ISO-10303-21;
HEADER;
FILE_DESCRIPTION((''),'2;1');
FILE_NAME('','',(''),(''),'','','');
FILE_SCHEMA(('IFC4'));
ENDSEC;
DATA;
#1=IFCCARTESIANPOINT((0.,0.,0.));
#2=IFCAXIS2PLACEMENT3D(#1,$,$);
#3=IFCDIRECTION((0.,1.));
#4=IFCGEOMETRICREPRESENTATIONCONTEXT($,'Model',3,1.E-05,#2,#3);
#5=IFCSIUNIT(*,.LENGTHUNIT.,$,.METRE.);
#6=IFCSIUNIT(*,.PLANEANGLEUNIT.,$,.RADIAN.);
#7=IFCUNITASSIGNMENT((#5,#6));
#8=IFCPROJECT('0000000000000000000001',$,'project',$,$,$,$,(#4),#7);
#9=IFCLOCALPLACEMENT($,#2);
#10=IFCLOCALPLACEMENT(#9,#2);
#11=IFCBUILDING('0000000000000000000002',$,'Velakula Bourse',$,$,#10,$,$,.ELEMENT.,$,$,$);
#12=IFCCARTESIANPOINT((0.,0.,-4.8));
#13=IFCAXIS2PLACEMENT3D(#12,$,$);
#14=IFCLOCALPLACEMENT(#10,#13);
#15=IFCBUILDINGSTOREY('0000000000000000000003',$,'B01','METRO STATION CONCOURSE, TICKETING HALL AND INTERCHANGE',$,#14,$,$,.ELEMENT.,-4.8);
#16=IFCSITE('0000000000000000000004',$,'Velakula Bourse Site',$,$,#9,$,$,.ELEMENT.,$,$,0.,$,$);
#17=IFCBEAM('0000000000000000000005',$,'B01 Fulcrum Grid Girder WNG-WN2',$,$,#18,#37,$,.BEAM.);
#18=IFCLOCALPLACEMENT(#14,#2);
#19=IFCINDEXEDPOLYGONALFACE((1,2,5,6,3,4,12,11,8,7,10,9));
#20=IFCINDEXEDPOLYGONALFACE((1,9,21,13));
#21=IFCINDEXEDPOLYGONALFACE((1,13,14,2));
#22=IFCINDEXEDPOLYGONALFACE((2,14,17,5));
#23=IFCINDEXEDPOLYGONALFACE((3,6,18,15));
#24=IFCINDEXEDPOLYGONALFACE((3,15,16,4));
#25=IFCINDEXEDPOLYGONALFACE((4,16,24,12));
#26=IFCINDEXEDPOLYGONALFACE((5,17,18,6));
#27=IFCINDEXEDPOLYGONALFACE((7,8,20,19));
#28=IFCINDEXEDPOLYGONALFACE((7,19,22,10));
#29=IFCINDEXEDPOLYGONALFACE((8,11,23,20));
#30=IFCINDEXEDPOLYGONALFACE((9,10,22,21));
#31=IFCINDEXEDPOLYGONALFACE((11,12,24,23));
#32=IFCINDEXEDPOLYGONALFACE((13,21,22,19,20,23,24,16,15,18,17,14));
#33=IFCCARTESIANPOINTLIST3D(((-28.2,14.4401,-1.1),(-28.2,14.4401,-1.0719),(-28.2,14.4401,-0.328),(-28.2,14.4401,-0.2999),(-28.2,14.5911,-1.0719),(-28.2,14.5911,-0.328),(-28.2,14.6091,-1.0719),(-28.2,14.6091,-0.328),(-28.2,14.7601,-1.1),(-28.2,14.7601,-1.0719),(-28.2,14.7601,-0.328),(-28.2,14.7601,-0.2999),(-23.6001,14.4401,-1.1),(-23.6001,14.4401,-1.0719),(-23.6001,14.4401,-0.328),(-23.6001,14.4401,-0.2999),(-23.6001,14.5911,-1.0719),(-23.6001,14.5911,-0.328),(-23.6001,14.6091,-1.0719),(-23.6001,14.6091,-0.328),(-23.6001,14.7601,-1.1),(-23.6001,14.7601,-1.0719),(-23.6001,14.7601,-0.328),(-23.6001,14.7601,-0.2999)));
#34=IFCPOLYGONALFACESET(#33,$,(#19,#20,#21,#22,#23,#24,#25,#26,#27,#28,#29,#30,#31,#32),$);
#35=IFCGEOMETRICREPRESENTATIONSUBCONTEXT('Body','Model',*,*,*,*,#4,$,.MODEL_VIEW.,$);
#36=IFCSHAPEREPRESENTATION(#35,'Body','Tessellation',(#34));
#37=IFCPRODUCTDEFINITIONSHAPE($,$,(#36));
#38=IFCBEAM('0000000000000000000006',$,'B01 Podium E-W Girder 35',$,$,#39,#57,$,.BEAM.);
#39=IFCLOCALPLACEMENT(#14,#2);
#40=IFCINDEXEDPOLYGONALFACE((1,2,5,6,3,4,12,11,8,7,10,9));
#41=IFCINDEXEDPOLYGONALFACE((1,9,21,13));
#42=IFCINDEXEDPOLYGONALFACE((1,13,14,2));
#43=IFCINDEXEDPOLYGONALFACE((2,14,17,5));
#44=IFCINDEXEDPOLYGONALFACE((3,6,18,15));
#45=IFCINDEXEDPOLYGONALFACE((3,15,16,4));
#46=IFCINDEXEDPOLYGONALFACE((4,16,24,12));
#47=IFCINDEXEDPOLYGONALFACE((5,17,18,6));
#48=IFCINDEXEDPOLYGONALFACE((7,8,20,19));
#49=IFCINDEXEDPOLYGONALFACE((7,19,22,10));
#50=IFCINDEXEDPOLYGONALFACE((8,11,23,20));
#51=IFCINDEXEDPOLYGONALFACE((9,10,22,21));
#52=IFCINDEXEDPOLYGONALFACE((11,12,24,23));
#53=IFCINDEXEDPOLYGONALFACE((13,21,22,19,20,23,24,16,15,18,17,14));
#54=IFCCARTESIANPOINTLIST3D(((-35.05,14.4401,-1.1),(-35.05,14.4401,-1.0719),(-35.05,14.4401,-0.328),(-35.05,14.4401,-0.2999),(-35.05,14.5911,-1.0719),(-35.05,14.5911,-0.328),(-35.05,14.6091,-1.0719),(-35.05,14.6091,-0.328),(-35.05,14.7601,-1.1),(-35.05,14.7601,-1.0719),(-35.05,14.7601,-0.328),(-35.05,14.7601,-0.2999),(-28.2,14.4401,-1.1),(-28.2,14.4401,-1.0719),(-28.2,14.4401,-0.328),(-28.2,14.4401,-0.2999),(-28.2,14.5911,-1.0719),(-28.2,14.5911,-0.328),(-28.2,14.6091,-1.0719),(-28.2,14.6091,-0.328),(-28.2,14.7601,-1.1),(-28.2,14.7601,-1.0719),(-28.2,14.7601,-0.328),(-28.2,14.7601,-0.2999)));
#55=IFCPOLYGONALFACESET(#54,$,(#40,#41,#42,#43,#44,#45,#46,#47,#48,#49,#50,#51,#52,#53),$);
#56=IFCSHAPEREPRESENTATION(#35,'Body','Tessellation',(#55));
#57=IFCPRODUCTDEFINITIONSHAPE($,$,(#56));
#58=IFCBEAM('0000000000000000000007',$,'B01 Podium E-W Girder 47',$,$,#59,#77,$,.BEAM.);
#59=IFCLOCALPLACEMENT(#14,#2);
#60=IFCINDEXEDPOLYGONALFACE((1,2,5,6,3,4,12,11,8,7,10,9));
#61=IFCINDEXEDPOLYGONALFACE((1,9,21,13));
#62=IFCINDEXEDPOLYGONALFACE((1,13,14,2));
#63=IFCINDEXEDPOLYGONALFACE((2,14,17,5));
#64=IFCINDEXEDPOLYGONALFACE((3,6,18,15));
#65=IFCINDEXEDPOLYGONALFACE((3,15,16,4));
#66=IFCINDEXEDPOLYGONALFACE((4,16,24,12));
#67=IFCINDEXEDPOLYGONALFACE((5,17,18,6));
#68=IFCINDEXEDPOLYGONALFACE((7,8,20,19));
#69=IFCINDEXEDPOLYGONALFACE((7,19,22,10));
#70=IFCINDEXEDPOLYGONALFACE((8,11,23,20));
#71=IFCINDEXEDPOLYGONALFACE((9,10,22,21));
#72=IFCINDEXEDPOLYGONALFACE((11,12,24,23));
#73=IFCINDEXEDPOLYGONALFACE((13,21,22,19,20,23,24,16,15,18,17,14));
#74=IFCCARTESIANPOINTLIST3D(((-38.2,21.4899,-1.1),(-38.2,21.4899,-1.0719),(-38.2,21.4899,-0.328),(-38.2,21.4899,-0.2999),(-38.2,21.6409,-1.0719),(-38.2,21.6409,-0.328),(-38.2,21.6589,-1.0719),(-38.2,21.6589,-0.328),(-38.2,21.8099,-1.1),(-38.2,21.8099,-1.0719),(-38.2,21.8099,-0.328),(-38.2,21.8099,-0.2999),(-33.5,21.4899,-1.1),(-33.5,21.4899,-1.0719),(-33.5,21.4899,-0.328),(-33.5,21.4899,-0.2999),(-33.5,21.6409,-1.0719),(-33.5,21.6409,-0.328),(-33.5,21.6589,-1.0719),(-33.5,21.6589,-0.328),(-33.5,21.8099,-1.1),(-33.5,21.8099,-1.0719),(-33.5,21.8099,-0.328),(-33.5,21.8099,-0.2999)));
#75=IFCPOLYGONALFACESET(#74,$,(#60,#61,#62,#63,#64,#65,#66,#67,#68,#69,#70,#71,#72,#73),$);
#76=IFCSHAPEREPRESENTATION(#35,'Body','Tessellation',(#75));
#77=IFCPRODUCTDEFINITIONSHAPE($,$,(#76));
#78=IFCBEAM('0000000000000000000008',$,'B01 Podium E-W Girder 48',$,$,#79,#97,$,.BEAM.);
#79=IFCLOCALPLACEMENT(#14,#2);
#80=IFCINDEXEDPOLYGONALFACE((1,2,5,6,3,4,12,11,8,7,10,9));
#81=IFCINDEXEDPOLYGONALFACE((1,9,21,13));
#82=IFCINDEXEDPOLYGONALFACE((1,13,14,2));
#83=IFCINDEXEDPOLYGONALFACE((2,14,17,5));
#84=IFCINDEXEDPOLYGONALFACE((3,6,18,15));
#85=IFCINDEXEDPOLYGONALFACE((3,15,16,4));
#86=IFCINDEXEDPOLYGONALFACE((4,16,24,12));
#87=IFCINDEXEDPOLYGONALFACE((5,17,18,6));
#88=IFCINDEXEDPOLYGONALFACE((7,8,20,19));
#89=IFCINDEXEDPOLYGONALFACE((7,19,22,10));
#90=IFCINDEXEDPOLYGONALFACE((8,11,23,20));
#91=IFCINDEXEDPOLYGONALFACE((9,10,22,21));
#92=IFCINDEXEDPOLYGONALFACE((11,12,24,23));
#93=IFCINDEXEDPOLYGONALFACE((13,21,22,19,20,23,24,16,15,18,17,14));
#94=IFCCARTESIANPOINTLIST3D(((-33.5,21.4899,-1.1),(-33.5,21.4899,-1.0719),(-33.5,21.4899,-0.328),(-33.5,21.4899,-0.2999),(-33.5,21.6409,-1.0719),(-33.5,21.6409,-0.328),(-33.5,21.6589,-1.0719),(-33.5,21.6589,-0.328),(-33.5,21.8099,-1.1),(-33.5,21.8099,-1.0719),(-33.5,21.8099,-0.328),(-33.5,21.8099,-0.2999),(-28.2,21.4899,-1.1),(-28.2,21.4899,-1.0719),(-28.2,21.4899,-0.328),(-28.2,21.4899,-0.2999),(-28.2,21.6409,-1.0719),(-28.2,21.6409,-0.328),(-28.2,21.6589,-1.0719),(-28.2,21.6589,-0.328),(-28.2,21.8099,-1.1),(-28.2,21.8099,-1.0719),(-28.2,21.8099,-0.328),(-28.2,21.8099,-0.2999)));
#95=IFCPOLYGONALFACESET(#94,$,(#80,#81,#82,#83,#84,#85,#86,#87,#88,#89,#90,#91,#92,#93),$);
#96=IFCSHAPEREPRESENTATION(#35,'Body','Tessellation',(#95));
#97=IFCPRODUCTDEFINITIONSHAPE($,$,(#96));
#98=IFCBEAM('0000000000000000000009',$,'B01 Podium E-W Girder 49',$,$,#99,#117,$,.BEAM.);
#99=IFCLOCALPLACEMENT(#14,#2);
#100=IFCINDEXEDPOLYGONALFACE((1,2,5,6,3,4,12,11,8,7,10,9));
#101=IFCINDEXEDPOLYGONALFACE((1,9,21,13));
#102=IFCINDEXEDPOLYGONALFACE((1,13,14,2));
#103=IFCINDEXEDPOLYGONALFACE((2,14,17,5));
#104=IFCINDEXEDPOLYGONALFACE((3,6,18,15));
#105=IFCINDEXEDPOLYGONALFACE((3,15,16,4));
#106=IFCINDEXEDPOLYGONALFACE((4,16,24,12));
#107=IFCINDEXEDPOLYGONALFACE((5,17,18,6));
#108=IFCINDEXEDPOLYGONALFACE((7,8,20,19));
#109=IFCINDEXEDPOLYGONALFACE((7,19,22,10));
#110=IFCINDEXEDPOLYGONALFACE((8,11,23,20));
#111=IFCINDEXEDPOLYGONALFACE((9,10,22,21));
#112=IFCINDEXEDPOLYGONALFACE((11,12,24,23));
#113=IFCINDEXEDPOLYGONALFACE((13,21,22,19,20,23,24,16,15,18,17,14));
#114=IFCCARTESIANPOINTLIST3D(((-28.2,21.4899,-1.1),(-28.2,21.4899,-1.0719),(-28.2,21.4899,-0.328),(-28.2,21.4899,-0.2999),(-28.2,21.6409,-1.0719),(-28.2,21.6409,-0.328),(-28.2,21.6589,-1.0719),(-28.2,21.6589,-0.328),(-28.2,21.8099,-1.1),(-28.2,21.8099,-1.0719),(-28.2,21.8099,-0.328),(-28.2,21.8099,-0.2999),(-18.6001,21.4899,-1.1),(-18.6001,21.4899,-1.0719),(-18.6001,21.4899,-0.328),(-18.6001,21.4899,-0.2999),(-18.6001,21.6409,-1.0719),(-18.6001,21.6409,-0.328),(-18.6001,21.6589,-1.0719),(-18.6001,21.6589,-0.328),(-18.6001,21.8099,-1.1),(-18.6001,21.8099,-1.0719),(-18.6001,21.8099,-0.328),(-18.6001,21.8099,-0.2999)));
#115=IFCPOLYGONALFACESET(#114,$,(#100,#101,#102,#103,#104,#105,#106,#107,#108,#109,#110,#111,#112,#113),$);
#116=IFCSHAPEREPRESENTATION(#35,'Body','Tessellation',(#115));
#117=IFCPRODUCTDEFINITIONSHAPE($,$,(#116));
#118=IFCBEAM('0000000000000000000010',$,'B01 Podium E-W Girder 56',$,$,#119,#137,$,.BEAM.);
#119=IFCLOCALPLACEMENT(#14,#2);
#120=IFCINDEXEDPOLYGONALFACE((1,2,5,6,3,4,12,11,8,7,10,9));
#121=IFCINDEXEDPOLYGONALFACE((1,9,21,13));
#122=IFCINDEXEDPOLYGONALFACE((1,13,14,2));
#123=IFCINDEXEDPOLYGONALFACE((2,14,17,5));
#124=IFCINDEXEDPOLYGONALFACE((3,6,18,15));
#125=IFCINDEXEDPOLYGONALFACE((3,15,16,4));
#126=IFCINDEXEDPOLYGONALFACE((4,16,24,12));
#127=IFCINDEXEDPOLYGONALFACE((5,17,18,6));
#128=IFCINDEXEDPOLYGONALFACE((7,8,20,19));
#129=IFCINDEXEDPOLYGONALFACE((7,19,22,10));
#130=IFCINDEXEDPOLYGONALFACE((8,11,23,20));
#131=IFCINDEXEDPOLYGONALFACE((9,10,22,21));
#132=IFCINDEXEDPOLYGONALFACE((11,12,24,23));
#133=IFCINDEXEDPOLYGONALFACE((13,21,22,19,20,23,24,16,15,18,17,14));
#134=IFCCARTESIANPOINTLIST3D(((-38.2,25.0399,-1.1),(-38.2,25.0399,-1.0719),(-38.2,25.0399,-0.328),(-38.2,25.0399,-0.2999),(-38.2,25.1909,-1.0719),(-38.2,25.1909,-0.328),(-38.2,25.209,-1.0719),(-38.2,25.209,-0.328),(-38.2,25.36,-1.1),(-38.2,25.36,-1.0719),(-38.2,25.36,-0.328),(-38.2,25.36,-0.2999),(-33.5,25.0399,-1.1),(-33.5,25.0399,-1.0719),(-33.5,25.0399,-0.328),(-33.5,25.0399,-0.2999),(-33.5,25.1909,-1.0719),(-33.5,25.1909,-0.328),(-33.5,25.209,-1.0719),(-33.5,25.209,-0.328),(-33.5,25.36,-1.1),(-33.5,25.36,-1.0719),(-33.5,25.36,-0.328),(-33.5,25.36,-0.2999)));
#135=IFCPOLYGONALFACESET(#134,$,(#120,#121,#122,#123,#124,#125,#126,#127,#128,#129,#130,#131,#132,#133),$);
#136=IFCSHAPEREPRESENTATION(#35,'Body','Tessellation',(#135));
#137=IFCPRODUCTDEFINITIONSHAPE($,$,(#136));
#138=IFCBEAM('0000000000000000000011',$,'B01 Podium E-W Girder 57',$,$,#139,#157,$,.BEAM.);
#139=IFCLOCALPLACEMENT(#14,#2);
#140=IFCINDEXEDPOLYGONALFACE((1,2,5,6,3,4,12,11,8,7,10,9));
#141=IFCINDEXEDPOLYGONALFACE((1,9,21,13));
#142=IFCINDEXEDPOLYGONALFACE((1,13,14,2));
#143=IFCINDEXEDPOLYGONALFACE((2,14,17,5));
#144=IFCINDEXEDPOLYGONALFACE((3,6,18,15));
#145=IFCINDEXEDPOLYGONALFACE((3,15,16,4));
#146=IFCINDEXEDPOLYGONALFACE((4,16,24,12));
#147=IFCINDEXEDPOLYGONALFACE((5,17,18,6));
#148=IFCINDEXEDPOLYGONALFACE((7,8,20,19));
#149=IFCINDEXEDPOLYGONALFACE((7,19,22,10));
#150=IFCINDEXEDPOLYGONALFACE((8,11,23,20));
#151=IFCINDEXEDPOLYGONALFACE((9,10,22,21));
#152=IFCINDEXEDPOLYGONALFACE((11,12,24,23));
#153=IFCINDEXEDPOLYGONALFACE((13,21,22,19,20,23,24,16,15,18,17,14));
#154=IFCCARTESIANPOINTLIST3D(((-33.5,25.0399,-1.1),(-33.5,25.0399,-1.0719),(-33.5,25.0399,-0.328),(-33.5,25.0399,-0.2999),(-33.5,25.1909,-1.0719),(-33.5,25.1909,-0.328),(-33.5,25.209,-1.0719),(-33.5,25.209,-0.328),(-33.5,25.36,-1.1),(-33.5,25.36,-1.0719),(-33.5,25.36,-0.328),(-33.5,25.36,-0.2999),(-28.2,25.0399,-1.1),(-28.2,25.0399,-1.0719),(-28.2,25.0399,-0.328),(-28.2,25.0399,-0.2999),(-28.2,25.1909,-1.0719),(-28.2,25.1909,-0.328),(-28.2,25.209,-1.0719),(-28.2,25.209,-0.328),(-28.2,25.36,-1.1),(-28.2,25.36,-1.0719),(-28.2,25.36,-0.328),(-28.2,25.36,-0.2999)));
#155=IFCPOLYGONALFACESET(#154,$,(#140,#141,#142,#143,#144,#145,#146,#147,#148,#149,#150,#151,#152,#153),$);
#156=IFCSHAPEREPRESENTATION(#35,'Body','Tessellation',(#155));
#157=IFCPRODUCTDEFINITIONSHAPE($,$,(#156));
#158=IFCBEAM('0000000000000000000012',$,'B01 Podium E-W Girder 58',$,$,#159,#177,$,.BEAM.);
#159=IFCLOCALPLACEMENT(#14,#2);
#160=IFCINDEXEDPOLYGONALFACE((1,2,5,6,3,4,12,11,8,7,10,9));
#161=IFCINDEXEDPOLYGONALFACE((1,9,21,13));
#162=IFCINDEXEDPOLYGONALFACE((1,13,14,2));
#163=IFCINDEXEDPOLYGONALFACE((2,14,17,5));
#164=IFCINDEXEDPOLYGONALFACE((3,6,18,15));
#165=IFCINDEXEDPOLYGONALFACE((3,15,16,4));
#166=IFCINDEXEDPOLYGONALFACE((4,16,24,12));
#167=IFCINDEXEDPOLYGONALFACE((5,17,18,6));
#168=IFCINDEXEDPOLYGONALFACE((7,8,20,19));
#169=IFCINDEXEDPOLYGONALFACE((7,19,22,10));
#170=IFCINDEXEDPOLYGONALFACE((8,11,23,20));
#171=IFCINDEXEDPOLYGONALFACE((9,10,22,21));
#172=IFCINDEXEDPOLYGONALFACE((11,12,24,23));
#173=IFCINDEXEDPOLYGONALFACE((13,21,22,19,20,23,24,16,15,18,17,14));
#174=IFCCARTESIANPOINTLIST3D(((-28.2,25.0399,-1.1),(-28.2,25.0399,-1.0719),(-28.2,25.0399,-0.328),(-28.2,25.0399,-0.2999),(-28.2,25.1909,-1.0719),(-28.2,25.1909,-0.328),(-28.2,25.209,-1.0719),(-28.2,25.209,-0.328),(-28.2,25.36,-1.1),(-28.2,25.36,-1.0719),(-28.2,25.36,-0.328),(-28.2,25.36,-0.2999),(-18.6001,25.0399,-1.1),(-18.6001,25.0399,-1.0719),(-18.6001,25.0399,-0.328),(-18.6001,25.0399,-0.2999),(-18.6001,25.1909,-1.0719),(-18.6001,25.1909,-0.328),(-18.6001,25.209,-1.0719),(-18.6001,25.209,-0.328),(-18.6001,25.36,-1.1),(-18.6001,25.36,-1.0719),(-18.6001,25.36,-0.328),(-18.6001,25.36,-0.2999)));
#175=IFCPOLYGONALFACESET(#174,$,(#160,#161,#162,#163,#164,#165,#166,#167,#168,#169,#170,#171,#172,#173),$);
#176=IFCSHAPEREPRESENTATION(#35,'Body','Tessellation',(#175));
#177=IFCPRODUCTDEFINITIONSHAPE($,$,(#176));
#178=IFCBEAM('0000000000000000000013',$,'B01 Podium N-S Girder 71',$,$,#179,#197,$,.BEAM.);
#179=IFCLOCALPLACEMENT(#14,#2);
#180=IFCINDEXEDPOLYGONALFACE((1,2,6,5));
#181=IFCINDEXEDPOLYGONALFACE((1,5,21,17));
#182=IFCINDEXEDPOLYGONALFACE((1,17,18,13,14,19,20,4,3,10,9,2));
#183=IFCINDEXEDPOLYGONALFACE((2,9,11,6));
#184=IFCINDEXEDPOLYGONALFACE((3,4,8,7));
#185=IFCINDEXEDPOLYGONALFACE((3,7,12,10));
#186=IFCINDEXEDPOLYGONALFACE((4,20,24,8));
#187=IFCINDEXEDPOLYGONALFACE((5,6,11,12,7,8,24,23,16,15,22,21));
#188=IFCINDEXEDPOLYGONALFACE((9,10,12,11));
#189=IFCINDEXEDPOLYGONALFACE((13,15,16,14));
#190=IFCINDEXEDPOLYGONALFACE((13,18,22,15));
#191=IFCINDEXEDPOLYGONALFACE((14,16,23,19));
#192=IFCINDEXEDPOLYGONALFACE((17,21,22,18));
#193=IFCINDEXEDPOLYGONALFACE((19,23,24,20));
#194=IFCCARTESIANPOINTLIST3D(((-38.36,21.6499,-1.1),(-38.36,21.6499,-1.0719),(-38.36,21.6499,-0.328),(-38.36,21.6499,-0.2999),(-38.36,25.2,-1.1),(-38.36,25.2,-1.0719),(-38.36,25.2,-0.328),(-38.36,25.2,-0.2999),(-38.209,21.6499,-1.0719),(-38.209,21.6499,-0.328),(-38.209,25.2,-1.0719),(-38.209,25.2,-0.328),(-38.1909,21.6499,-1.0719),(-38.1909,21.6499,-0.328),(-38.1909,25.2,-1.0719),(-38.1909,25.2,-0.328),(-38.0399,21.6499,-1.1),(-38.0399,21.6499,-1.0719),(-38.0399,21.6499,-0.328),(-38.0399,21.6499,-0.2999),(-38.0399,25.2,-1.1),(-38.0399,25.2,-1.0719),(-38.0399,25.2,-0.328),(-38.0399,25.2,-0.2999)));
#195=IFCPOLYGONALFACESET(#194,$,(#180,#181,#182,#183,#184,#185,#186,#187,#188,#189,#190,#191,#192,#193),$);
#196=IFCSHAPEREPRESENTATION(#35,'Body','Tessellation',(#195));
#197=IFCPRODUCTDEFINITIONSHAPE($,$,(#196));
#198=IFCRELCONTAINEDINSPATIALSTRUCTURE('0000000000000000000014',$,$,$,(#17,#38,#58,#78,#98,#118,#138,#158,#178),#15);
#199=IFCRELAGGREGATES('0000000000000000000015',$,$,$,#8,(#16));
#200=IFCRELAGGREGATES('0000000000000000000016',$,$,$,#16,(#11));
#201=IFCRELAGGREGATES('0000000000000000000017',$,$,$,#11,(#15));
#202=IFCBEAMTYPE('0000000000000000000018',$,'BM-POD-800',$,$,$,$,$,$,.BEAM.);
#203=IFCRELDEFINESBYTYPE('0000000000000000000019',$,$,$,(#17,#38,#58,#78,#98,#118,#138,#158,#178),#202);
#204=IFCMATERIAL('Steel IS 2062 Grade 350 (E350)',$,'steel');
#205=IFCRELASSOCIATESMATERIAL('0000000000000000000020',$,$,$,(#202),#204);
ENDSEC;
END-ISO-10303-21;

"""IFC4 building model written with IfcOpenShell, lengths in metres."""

from ifc_helpers import new_model, si_unit, direction, frame, origin, origin_2d, place, context, subcontext, project, spatial, i_section, extrude, material, material_profile, profile_set, type_object, element, save


model = new_model("IFC4")

# Units and contexts
model_context = context("Model", 3, precision=1e-05, world=origin(), true_north=direction((0.0, 1.0)))
body_context = subcontext(model_context, "Body", "Model", "MODEL_VIEW")
ifc_project = project(units=[si_unit("LENGTHUNIT", "METRE"), si_unit("PLANEANGLEUNIT", "RADIAN")], contexts=[model_context])

# Site, building, storey
site_placement = place(None, origin())
site = spatial("IfcSite", under=ifc_project, at=site_placement, Name="Velakula Bourse Site", CompositionType="ELEMENT", RefElevation=0.0)
building_placement = place(site_placement, origin())
building = spatial("IfcBuilding", under=site, at=building_placement, Name="Velakula Bourse", CompositionType="ELEMENT")
storey_placement = place(building_placement, frame((0.0, 0.0, -4.8)))
storey = spatial("IfcBuildingStorey", under=building, at=storey_placement, Name="B01", Description="METRO STATION CONCOURSE, TICKETING HALL AND INTERCHANGE", CompositionType="ELEMENT", Elevation=-4.8)

# Beams
ifc_material_1 = material(Name="Steel IS 2062 Grade 350 (E350)", Category="steel")
ifc_material_profile_1 = material_profile(ifc_material_1, i_section(OverallWidth=0.3201, OverallDepth=0.8, WebThickness=0.0181, FlangeThickness=0.0281, at=origin_2d()), Name="Steel IS 2062 Grade 350 (E350)")
ifc_profile_set_1 = profile_set([ifc_material_profile_1], Name="Steel IS 2062 Grade 350 (E350)")
beam_type_1 = type_object("IfcBeamType", Name="BM-POD-800", PredefinedType="BEAM", material=ifc_profile_set_1)
beam_1_placement = place(storey_placement, frame((-28.2, 14.6001, -0.7), z_axis=(1.0, 0.0, 0.0), x_axis=(0.0, 1.0, 0.0)))
element("IfcBeam", 1, at=beam_1_placement, inside=storey, type_object=beam_type_1, Name="B01 Fulcrum Grid Girder WNG-WN2", PredefinedType="BEAM", context=body_context, shape_type="SweptSolid", body=[
    extrude(i_section(OverallWidth=0.3201, OverallDepth=0.8, WebThickness=0.0181, FlangeThickness=0.0281, at=origin_2d()), origin(), (0.0, 0.0, 1.0), 4.5999),
])
beam_2_placement = place(storey_placement, frame((-35.05, 14.6001, -0.7), z_axis=(1.0, 0.0, 0.0), x_axis=(0.0, 1.0, 0.0)))
element("IfcBeam", 2, at=beam_2_placement, inside=storey, type_object=beam_type_1, Name="B01 Podium E-W Girder 35", PredefinedType="BEAM", context=body_context, shape_type="SweptSolid", body=[
    extrude(i_section(OverallWidth=0.3201, OverallDepth=0.8, WebThickness=0.0181, FlangeThickness=0.0281, at=origin_2d()), origin(), (0.0, 0.0, 1.0), 6.8501),
])
beam_3_placement = place(storey_placement, frame((-38.2, 21.6499, -0.7), z_axis=(1.0, 0.0, 0.0), x_axis=(0.0, 1.0, 0.0)))
element("IfcBeam", 3, at=beam_3_placement, inside=storey, type_object=beam_type_1, Name="B01 Podium E-W Girder 47", PredefinedType="BEAM", context=body_context, shape_type="SweptSolid", body=[
    extrude(i_section(OverallWidth=0.3201, OverallDepth=0.8, WebThickness=0.0181, FlangeThickness=0.0281, at=origin_2d()), origin(), (0.0, 0.0, 1.0), 4.7),
])
beam_4_placement = place(storey_placement, frame((-33.5, 21.6499, -0.7), z_axis=(1.0, 0.0, 0.0), x_axis=(0.0, 1.0, 0.0)))
element("IfcBeam", 4, at=beam_4_placement, inside=storey, type_object=beam_type_1, Name="B01 Podium E-W Girder 48", PredefinedType="BEAM", context=body_context, shape_type="SweptSolid", body=[
    extrude(i_section(OverallWidth=0.3201, OverallDepth=0.8, WebThickness=0.0181, FlangeThickness=0.0281, at=origin_2d()), origin(), (0.0, 0.0, 1.0), 5.3),
])
beam_5_placement = place(storey_placement, frame((-28.2, 21.6499, -0.7), z_axis=(1.0, 0.0, 0.0), x_axis=(0.0, 1.0, 0.0)))
element("IfcBeam", 5, at=beam_5_placement, inside=storey, type_object=beam_type_1, Name="B01 Podium E-W Girder 49", PredefinedType="BEAM", context=body_context, shape_type="SweptSolid", body=[
    extrude(i_section(OverallWidth=0.3201, OverallDepth=0.8, WebThickness=0.0181, FlangeThickness=0.0281, at=origin_2d()), origin(), (0.0, 0.0, 1.0), 9.5999),
])
beam_6_placement = place(storey_placement, frame((-38.2, 25.2, -0.7), z_axis=(1.0, 0.0, 0.0), x_axis=(0.0, 1.0, 0.0)))
element("IfcBeam", 6, at=beam_6_placement, inside=storey, type_object=beam_type_1, Name="B01 Podium E-W Girder 56", PredefinedType="BEAM", context=body_context, shape_type="SweptSolid", body=[
    extrude(i_section(OverallWidth=0.3201, OverallDepth=0.8, WebThickness=0.0181, FlangeThickness=0.0281, at=origin_2d()), origin(), (0.0, 0.0, 1.0), 4.7),
])
beam_7_placement = place(storey_placement, frame((-33.5, 25.2, -0.7), z_axis=(1.0, 0.0, 0.0), x_axis=(0.0, 1.0, 0.0)))
element("IfcBeam", 7, at=beam_7_placement, inside=storey, type_object=beam_type_1, Name="B01 Podium E-W Girder 57", PredefinedType="BEAM", context=body_context, shape_type="SweptSolid", body=[
    extrude(i_section(OverallWidth=0.3201, OverallDepth=0.8, WebThickness=0.0181, FlangeThickness=0.0281, at=origin_2d()), origin(), (0.0, 0.0, 1.0), 5.3),
])
beam_8_placement = place(storey_placement, frame((-28.2, 25.2, -0.7), z_axis=(1.0, 0.0, 0.0), x_axis=(0.0, 1.0, 0.0)))
element("IfcBeam", 8, at=beam_8_placement, inside=storey, type_object=beam_type_1, Name="B01 Podium E-W Girder 58", PredefinedType="BEAM", context=body_context, shape_type="SweptSolid", body=[
    extrude(i_section(OverallWidth=0.3201, OverallDepth=0.8, WebThickness=0.0181, FlangeThickness=0.0281, at=origin_2d()), origin(), (0.0, 0.0, 1.0), 9.5999),
])
beam_9_placement = place(storey_placement, frame((-38.2, 21.6499, -0.7), z_axis=(0.0, 1.0, 0.0), x_axis=(-1.0, 0.0, 0.0)))
element("IfcBeam", 9, at=beam_9_placement, inside=storey, type_object=beam_type_1, Name="B01 Podium N-S Girder 71", PredefinedType="BEAM", context=body_context, shape_type="SweptSolid", body=[
    extrude(i_section(OverallWidth=0.3201, OverallDepth=0.8, WebThickness=0.0181, FlangeThickness=0.0281, at=origin_2d()), origin(), (0.0, 0.0, 1.0), 3.55),
])

save(model, "model.ifc")
